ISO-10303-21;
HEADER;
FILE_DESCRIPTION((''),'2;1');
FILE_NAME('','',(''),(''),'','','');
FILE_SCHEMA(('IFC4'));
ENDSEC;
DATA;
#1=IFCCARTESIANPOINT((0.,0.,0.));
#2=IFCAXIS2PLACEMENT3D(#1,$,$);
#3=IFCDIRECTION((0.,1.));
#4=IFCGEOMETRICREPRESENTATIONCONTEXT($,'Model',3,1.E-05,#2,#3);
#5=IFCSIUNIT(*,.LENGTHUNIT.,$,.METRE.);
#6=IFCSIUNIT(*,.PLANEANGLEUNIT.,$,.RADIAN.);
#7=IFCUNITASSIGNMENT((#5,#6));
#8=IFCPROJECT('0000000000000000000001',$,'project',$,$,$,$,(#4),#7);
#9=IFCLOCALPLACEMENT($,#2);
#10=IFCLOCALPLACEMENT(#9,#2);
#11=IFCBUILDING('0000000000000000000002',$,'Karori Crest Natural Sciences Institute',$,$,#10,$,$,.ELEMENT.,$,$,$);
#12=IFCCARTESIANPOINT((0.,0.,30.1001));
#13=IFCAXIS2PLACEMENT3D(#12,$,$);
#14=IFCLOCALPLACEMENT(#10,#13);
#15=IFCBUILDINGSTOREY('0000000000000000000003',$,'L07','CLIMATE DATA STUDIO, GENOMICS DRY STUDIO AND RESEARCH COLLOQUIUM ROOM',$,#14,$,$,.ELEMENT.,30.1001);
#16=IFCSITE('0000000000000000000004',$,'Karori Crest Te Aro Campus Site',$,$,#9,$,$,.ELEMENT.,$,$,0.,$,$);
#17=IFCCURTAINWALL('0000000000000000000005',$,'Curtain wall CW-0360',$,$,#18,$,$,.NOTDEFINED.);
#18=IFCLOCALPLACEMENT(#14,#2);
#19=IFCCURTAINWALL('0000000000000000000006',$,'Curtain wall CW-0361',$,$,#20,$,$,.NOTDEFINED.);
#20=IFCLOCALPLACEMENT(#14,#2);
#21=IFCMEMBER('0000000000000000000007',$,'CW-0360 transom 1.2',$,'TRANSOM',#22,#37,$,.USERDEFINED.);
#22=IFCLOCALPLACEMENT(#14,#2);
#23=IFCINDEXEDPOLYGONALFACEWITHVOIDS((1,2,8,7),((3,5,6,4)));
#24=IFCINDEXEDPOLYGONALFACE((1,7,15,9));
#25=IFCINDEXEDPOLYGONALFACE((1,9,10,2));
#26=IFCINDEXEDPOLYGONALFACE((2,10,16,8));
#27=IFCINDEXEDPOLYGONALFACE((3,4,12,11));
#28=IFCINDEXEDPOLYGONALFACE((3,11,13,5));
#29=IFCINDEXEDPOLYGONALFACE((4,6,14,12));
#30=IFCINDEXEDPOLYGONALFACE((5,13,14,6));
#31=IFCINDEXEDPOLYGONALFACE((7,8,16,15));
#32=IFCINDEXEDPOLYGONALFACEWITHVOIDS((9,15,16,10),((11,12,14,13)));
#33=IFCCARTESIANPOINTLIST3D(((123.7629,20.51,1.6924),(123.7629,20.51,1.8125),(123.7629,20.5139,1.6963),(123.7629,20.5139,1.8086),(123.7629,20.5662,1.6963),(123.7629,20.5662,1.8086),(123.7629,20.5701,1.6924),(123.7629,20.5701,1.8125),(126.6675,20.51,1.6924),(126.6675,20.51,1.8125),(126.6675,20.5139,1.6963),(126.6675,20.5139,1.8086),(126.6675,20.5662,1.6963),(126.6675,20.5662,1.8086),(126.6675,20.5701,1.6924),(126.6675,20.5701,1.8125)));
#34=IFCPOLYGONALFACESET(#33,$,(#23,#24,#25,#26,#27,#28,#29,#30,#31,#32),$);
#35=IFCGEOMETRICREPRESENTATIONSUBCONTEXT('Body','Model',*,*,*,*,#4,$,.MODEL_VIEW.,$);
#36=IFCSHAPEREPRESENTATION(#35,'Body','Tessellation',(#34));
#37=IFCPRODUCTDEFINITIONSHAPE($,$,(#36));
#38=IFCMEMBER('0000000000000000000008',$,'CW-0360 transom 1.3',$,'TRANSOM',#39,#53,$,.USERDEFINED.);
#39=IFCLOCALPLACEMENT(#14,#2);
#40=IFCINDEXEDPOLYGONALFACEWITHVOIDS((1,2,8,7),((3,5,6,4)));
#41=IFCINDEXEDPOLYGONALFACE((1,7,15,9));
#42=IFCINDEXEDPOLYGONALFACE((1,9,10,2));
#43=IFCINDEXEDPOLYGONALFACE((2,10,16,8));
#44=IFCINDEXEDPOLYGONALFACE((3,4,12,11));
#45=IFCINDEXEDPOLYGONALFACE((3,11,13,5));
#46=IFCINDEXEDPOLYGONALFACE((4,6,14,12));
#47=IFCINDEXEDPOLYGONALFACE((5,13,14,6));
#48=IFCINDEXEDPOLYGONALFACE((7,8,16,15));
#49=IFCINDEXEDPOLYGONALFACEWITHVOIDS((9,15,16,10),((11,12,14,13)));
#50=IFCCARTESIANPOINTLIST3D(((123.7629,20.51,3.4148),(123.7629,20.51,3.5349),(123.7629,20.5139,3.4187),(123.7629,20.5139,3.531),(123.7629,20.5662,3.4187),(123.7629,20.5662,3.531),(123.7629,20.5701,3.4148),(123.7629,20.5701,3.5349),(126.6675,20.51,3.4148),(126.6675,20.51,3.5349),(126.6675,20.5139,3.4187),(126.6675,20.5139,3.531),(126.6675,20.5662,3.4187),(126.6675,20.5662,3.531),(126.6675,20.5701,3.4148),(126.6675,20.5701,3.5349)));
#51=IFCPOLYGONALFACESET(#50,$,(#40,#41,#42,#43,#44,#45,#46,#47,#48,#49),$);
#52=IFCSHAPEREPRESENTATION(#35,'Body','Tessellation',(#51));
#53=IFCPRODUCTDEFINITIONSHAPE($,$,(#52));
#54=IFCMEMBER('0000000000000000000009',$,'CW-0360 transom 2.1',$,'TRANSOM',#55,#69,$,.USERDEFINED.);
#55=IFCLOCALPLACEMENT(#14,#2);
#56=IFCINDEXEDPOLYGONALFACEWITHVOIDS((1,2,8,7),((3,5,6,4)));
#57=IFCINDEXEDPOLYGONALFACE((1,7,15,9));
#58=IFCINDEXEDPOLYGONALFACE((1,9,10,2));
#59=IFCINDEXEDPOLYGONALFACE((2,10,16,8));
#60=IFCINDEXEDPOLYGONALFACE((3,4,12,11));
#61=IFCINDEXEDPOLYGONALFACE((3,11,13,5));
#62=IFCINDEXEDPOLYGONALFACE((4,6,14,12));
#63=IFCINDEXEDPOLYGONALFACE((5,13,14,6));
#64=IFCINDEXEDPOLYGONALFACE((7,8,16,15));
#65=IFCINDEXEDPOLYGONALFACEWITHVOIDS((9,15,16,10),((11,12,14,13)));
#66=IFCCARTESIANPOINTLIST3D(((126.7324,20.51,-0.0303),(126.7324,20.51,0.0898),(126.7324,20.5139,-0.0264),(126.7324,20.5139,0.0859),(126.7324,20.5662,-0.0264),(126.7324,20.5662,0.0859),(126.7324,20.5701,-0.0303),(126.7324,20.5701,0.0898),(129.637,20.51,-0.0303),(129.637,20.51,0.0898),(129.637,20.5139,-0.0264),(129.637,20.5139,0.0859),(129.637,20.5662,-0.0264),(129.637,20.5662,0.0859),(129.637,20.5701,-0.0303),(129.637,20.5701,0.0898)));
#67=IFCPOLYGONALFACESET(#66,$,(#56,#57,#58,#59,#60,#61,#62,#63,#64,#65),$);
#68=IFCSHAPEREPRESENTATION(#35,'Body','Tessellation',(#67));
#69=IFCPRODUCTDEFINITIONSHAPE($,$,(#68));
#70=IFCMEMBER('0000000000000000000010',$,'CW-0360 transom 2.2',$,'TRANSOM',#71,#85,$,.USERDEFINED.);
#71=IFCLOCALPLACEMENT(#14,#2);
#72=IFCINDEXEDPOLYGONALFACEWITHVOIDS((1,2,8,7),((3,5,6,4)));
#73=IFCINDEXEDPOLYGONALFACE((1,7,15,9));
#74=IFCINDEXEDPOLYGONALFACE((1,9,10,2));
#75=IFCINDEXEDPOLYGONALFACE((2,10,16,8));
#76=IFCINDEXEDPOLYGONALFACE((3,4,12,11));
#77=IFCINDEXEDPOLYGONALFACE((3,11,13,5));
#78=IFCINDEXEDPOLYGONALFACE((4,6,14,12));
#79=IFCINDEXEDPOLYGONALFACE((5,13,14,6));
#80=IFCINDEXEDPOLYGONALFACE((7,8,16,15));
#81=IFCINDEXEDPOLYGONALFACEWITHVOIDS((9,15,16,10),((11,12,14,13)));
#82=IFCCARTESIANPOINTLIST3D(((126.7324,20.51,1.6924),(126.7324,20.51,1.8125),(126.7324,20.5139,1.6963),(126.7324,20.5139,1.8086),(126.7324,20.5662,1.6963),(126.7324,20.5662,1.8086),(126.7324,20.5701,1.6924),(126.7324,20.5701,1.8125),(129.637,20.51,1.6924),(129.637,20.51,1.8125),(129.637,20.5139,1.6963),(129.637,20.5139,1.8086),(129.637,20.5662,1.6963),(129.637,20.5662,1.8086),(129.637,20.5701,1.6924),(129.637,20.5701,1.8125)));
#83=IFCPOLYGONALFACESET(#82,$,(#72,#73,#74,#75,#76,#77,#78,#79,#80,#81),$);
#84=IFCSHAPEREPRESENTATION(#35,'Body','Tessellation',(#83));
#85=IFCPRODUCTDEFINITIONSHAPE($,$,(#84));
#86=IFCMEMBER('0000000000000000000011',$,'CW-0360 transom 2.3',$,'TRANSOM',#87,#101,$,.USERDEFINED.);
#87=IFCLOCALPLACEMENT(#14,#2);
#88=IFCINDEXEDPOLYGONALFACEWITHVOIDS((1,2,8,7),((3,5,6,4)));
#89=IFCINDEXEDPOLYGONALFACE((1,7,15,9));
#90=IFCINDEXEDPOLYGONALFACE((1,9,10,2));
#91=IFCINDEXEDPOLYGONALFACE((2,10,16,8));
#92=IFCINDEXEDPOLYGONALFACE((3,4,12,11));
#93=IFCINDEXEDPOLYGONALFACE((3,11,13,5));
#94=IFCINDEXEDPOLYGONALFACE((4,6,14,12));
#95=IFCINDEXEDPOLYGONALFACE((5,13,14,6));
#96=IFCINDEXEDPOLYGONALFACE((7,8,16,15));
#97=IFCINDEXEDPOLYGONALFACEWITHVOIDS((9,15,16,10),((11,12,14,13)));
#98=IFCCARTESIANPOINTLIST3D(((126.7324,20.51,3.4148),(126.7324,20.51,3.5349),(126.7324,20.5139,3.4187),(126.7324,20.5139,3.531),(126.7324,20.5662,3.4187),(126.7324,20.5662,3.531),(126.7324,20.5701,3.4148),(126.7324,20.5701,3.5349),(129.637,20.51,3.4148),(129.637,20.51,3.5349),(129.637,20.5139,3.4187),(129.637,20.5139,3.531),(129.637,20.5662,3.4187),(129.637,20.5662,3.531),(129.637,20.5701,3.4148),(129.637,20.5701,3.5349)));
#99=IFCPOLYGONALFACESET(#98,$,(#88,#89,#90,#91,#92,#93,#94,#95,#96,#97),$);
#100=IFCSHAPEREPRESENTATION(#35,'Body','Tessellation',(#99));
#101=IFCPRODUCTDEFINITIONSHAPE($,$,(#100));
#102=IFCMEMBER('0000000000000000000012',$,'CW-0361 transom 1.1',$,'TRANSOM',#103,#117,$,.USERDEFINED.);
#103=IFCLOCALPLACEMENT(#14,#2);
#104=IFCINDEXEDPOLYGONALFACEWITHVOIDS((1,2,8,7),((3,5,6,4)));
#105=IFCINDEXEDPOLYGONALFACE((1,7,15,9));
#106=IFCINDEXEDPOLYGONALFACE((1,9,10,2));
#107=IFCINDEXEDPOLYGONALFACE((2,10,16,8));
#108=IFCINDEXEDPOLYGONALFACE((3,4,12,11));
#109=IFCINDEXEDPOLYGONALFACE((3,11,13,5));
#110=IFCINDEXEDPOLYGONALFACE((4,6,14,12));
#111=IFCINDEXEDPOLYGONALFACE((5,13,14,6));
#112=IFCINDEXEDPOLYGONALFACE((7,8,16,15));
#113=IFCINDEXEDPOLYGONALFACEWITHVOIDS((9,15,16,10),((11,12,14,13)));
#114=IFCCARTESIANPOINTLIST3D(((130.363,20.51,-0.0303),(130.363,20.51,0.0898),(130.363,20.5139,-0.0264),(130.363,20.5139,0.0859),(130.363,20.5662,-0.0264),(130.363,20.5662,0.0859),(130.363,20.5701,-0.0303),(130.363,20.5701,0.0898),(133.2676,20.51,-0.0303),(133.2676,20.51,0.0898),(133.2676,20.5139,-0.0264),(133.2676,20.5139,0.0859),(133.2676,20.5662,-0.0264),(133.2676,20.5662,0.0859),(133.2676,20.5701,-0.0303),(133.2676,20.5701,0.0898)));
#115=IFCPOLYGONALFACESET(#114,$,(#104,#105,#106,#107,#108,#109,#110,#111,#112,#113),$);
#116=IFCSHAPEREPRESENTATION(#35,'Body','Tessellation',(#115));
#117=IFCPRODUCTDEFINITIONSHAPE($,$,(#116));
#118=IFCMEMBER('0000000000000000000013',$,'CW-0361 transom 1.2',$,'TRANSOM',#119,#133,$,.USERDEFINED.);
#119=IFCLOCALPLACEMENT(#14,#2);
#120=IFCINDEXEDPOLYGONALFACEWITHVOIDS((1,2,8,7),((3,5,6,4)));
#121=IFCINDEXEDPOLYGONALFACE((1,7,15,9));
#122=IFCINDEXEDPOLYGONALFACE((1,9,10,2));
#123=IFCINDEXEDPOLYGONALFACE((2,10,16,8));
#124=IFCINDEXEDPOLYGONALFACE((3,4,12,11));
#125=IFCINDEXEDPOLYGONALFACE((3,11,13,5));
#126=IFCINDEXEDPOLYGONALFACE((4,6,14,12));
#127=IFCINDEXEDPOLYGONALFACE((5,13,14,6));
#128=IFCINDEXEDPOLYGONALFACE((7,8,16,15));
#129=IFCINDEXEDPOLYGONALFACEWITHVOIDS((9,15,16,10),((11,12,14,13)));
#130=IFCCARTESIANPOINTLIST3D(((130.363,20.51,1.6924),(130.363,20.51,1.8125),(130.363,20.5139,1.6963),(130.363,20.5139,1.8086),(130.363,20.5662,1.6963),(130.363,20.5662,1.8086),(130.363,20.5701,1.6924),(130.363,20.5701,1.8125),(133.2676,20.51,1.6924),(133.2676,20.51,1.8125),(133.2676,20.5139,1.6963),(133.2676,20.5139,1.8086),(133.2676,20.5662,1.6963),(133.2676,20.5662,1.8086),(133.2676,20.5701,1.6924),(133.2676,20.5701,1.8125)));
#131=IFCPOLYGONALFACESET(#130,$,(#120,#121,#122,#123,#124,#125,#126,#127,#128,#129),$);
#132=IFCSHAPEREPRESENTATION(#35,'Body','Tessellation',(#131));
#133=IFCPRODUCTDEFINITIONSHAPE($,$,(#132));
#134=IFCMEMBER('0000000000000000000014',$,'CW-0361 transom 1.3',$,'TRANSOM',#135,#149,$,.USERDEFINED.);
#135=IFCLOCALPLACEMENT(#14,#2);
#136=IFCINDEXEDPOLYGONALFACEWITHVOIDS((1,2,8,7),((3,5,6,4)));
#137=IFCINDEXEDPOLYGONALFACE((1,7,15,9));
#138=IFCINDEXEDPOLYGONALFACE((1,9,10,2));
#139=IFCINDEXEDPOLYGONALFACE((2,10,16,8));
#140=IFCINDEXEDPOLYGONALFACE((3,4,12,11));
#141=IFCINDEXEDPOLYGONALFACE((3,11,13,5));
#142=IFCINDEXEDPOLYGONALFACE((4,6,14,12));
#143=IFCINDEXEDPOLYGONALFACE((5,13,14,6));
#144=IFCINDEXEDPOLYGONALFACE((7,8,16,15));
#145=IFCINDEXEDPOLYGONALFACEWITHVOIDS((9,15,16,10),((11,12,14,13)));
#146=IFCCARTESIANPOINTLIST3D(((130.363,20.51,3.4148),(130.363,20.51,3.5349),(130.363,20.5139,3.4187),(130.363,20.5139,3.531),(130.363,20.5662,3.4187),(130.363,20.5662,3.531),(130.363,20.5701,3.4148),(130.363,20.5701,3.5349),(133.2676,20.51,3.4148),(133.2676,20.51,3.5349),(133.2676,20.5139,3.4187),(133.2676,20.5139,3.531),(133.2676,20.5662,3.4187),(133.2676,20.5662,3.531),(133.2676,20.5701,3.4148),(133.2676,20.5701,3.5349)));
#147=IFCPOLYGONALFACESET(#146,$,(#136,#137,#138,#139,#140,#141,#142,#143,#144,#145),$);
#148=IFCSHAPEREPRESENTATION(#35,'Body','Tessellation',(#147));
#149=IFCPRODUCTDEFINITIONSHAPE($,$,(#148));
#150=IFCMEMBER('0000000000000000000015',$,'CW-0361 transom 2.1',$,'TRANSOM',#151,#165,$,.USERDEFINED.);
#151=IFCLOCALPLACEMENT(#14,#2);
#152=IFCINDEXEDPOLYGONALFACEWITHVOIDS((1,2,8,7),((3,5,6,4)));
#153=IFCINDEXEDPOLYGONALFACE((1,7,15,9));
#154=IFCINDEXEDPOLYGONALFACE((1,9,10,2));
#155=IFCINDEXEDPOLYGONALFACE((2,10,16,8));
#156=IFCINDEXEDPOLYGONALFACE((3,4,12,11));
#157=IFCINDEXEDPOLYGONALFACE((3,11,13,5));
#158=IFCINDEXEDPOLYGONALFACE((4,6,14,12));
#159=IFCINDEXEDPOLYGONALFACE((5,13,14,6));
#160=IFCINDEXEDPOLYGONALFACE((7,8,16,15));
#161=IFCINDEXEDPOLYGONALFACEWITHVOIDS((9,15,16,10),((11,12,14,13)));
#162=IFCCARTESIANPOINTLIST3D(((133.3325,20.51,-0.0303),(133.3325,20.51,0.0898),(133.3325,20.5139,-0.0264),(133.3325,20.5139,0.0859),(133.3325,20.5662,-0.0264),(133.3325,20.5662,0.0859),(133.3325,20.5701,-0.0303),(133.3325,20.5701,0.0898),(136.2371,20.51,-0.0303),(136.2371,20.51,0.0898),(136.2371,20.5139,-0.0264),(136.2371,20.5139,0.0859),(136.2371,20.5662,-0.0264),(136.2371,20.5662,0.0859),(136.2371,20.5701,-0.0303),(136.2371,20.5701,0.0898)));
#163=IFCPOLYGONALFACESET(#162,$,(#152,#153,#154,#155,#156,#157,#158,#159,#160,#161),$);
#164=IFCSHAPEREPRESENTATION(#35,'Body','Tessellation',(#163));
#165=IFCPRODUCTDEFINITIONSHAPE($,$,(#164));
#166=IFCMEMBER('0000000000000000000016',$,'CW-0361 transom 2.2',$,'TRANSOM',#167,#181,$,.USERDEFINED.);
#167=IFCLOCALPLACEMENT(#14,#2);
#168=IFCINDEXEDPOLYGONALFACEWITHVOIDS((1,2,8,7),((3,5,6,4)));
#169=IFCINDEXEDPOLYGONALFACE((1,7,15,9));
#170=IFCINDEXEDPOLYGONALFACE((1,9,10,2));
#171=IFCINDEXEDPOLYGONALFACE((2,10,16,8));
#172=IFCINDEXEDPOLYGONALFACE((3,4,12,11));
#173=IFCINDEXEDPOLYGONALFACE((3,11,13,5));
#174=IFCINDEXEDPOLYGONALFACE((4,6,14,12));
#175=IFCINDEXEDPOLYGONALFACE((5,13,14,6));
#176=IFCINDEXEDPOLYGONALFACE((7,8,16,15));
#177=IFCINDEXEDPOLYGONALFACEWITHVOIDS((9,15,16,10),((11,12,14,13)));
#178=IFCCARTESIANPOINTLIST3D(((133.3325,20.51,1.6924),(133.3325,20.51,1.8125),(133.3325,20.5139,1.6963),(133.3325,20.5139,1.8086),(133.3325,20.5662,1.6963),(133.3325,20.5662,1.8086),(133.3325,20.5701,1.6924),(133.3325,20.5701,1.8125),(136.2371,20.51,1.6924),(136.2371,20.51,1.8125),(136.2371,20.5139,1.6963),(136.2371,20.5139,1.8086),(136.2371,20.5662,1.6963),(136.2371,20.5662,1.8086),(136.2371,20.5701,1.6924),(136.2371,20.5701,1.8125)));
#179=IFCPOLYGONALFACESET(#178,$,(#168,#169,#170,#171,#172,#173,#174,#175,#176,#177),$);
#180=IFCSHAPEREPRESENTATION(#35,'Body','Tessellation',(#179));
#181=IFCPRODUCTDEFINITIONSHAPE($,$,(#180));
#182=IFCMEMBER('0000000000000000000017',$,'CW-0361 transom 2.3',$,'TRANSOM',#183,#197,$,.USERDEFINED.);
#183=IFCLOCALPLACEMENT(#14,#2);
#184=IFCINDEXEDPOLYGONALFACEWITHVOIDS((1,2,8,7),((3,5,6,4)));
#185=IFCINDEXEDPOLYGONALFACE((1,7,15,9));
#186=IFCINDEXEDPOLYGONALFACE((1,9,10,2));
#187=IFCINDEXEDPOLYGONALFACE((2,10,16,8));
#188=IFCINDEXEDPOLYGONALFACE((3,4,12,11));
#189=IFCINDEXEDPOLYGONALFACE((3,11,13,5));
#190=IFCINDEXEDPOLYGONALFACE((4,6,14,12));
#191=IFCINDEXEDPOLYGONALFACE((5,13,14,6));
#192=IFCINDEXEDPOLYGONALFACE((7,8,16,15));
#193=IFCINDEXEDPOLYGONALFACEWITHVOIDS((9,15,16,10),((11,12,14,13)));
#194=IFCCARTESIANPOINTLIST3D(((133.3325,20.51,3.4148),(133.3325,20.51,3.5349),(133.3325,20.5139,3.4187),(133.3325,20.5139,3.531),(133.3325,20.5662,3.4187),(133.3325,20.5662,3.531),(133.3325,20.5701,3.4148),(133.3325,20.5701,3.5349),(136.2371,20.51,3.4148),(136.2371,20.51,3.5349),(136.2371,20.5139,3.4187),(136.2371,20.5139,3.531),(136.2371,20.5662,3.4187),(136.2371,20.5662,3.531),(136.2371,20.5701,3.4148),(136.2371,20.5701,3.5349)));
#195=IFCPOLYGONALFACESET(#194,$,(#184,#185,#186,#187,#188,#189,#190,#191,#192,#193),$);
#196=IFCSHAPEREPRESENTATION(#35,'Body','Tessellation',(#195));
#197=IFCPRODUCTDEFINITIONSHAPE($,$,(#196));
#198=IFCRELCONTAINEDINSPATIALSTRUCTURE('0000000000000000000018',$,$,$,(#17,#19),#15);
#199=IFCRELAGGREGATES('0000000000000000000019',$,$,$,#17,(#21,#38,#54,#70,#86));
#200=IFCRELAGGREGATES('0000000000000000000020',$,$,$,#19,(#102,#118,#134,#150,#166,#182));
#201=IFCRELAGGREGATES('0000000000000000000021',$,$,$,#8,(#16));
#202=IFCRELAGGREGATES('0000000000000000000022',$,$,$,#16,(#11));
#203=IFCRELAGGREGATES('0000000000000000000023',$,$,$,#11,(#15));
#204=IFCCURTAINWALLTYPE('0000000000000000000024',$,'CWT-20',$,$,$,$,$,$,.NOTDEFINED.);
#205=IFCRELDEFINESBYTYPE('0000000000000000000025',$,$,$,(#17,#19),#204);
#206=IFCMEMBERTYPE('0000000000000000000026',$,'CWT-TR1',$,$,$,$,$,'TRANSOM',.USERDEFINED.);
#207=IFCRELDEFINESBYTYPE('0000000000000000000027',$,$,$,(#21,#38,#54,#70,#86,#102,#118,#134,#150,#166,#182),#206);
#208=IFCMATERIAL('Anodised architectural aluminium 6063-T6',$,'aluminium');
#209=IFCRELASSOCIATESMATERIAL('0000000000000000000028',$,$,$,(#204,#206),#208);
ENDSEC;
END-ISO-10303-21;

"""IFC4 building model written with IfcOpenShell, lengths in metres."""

from ifc_helpers import new_model, si_unit, direction, frame, origin, origin_2d, place, context, subcontext, project, spatial, hollow_rectangle, extrude, material, material_profile, profile_set, type_object, element, aggregate, save


model = new_model("IFC4")

# Units and contexts
model_context = context("Model", 3, precision=1e-05, world=origin(), true_north=direction((0.0, 1.0)))
body_context = subcontext(model_context, "Body", "Model", "MODEL_VIEW")
ifc_project = project(units=[si_unit("LENGTHUNIT", "METRE"), si_unit("PLANEANGLEUNIT", "RADIAN")], contexts=[model_context])

# Site, building, storey
site_placement = place(None, origin())
site = spatial("IfcSite", under=ifc_project, at=site_placement, Name="Karori Crest Te Aro Campus Site", CompositionType="ELEMENT", RefElevation=0.0)
building_placement = place(site_placement, origin())
building = spatial("IfcBuilding", under=site, at=building_placement, Name="Karori Crest Natural Sciences Institute", CompositionType="ELEMENT")
storey_placement = place(building_placement, frame((0.0, 0.0, 30.1001)))
storey = spatial("IfcBuildingStorey", under=building, at=storey_placement, Name="L07", Description="CLIMATE DATA STUDIO, GENOMICS DRY STUDIO AND RESEARCH COLLOQUIUM ROOM", CompositionType="ELEMENT", Elevation=30.1001)

# Curtain walls
ifc_material_1 = material(Name="Anodised architectural aluminium 6063-T6", Category="aluminium")
curtain_wall_type = type_object("IfcCurtainWallType", Name="CWT-20", PredefinedType="NOTDEFINED", material=ifc_material_1)
curtain_wall_1_placement = place(storey_placement, origin())
curtain_wall_1 = element("IfcCurtainWall", 1, at=curtain_wall_1_placement, inside=storey, type_object=curtain_wall_type, Name="Curtain wall CW-0360", PredefinedType="NOTDEFINED")
curtain_wall_2_placement = place(storey_placement, origin())
curtain_wall_2 = element("IfcCurtainWall", 2, at=curtain_wall_2_placement, inside=storey, type_object=curtain_wall_type, Name="Curtain wall CW-0361", PredefinedType="NOTDEFINED")

# Members
ifc_material_profile_1 = material_profile(ifc_material_1, hollow_rectangle(XDim=0.0601, YDim=0.1201, WallThickness=0.0039, at=origin_2d()), Name="CWT120x60x4")
ifc_profile_set_1 = profile_set([ifc_material_profile_1], Name="Anodised architectural aluminium 6063-T6")
member_type_1 = type_object("IfcMemberType", Name="CWT-TR1", ElementType="TRANSOM", PredefinedType="USERDEFINED", material=ifc_profile_set_1)
member_1_placement = place(storey_placement, frame((123.7629, 20.54, 1.7524), z_axis=(1.0, 0.0, 0.0), x_axis=(0.0, 1.0, 0.0)))
member_1 = element("IfcMember", 3, at=member_1_placement, type_object=member_type_1, Name="CW-0360 transom 1.2", ObjectType="TRANSOM", PredefinedType="USERDEFINED", context=body_context, shape_type="SweptSolid", body=[
    extrude(hollow_rectangle(XDim=0.0601, YDim=0.1201, WallThickness=0.0039, at=origin_2d()), origin(), (0.0, 0.0, 1.0), 2.9045),
])
member_2_placement = place(storey_placement, frame((123.7629, 20.54, 3.4749), z_axis=(1.0, 0.0, 0.0), x_axis=(0.0, 1.0, 0.0)))
member_2 = element("IfcMember", 4, at=member_2_placement, type_object=member_type_1, Name="CW-0360 transom 1.3", ObjectType="TRANSOM", PredefinedType="USERDEFINED", context=body_context, shape_type="SweptSolid", body=[
    extrude(hollow_rectangle(XDim=0.0601, YDim=0.1201, WallThickness=0.0039, at=origin_2d()), origin(), (0.0, 0.0, 1.0), 2.9045),
])
member_3_placement = place(storey_placement, frame((126.7324, 20.54, 0.0298), z_axis=(1.0, 0.0, 0.0), x_axis=(0.0, 1.0, 0.0)))
member_3 = element("IfcMember", 5, at=member_3_placement, type_object=member_type_1, Name="CW-0360 transom 2.1", ObjectType="TRANSOM", PredefinedType="USERDEFINED", context=body_context, shape_type="SweptSolid", body=[
    extrude(hollow_rectangle(XDim=0.0601, YDim=0.1201, WallThickness=0.0039, at=origin_2d()), origin(), (0.0, 0.0, 1.0), 2.9045),
])
member_4_placement = place(storey_placement, frame((126.7324, 20.54, 1.7524), z_axis=(1.0, 0.0, 0.0), x_axis=(0.0, 1.0, 0.0)))
member_4 = element("IfcMember", 6, at=member_4_placement, type_object=member_type_1, Name="CW-0360 transom 2.2", ObjectType="TRANSOM", PredefinedType="USERDEFINED", context=body_context, shape_type="SweptSolid", body=[
    extrude(hollow_rectangle(XDim=0.0601, YDim=0.1201, WallThickness=0.0039, at=origin_2d()), origin(), (0.0, 0.0, 1.0), 2.9045),
])
member_5_placement = place(storey_placement, frame((126.7324, 20.54, 3.4749), z_axis=(1.0, 0.0, 0.0), x_axis=(0.0, 1.0, 0.0)))
member_5 = element("IfcMember", 7, at=member_5_placement, type_object=member_type_1, Name="CW-0360 transom 2.3", ObjectType="TRANSOM", PredefinedType="USERDEFINED", context=body_context, shape_type="SweptSolid", body=[
    extrude(hollow_rectangle(XDim=0.0601, YDim=0.1201, WallThickness=0.0039, at=origin_2d()), origin(), (0.0, 0.0, 1.0), 2.9045),
])
member_6_placement = place(storey_placement, frame((130.363, 20.54, 0.0298), z_axis=(1.0, 0.0, 0.0), x_axis=(0.0, 1.0, 0.0)))
member_6 = element("IfcMember", 8, at=member_6_placement, type_object=member_type_1, Name="CW-0361 transom 1.1", ObjectType="TRANSOM", PredefinedType="USERDEFINED", context=body_context, shape_type="SweptSolid", body=[
    extrude(hollow_rectangle(XDim=0.0601, YDim=0.1201, WallThickness=0.0039, at=origin_2d()), origin(), (0.0, 0.0, 1.0), 2.9045),
])
member_7_placement = place(storey_placement, frame((130.363, 20.54, 1.7524), z_axis=(1.0, 0.0, 0.0), x_axis=(0.0, 1.0, 0.0)))
member_7 = element("IfcMember", 9, at=member_7_placement, type_object=member_type_1, Name="CW-0361 transom 1.2", ObjectType="TRANSOM", PredefinedType="USERDEFINED", context=body_context, shape_type="SweptSolid", body=[
    extrude(hollow_rectangle(XDim=0.0601, YDim=0.1201, WallThickness=0.0039, at=origin_2d()), origin(), (0.0, 0.0, 1.0), 2.9045),
])
member_8_placement = place(storey_placement, frame((130.363, 20.54, 3.4749), z_axis=(1.0, 0.0, 0.0), x_axis=(0.0, 1.0, 0.0)))
member_8 = element("IfcMember", 10, at=member_8_placement, type_object=member_type_1, Name="CW-0361 transom 1.3", ObjectType="TRANSOM", PredefinedType="USERDEFINED", context=body_context, shape_type="SweptSolid", body=[
    extrude(hollow_rectangle(XDim=0.0601, YDim=0.1201, WallThickness=0.0039, at=origin_2d()), origin(), (0.0, 0.0, 1.0), 2.9045),
])
member_9_placement = place(storey_placement, frame((133.3325, 20.54, 0.0298), z_axis=(1.0, 0.0, 0.0), x_axis=(0.0, 1.0, 0.0)))
member_9 = element("IfcMember", 11, at=member_9_placement, type_object=member_type_1, Name="CW-0361 transom 2.1", ObjectType="TRANSOM", PredefinedType="USERDEFINED", context=body_context, shape_type="SweptSolid", body=[
    extrude(hollow_rectangle(XDim=0.0601, YDim=0.1201, WallThickness=0.0039, at=origin_2d()), origin(), (0.0, 0.0, 1.0), 2.9045),
])
member_10_placement = place(storey_placement, frame((133.3325, 20.54, 1.7524), z_axis=(1.0, 0.0, 0.0), x_axis=(0.0, 1.0, 0.0)))
member_10 = element("IfcMember", 12, at=member_10_placement, type_object=member_type_1, Name="CW-0361 transom 2.2", ObjectType="TRANSOM", PredefinedType="USERDEFINED", context=body_context, shape_type="SweptSolid", body=[
    extrude(hollow_rectangle(XDim=0.0601, YDim=0.1201, WallThickness=0.0039, at=origin_2d()), origin(), (0.0, 0.0, 1.0), 2.9045),
])
member_11_placement = place(storey_placement, frame((133.3325, 20.54, 3.4749), z_axis=(1.0, 0.0, 0.0), x_axis=(0.0, 1.0, 0.0)))
member_11 = element("IfcMember", 13, at=member_11_placement, type_object=member_type_1, Name="CW-0361 transom 2.3", ObjectType="TRANSOM", PredefinedType="USERDEFINED", context=body_context, shape_type="SweptSolid", body=[
    extrude(hollow_rectangle(XDim=0.0601, YDim=0.1201, WallThickness=0.0039, at=origin_2d()), origin(), (0.0, 0.0, 1.0), 2.9045),
])

aggregate(curtain_wall_1, [member_1, member_2, member_3, member_4, member_5])
aggregate(curtain_wall_2, [member_6, member_7, member_8, member_9, member_10, member_11])

save(model, "model.ifc")
